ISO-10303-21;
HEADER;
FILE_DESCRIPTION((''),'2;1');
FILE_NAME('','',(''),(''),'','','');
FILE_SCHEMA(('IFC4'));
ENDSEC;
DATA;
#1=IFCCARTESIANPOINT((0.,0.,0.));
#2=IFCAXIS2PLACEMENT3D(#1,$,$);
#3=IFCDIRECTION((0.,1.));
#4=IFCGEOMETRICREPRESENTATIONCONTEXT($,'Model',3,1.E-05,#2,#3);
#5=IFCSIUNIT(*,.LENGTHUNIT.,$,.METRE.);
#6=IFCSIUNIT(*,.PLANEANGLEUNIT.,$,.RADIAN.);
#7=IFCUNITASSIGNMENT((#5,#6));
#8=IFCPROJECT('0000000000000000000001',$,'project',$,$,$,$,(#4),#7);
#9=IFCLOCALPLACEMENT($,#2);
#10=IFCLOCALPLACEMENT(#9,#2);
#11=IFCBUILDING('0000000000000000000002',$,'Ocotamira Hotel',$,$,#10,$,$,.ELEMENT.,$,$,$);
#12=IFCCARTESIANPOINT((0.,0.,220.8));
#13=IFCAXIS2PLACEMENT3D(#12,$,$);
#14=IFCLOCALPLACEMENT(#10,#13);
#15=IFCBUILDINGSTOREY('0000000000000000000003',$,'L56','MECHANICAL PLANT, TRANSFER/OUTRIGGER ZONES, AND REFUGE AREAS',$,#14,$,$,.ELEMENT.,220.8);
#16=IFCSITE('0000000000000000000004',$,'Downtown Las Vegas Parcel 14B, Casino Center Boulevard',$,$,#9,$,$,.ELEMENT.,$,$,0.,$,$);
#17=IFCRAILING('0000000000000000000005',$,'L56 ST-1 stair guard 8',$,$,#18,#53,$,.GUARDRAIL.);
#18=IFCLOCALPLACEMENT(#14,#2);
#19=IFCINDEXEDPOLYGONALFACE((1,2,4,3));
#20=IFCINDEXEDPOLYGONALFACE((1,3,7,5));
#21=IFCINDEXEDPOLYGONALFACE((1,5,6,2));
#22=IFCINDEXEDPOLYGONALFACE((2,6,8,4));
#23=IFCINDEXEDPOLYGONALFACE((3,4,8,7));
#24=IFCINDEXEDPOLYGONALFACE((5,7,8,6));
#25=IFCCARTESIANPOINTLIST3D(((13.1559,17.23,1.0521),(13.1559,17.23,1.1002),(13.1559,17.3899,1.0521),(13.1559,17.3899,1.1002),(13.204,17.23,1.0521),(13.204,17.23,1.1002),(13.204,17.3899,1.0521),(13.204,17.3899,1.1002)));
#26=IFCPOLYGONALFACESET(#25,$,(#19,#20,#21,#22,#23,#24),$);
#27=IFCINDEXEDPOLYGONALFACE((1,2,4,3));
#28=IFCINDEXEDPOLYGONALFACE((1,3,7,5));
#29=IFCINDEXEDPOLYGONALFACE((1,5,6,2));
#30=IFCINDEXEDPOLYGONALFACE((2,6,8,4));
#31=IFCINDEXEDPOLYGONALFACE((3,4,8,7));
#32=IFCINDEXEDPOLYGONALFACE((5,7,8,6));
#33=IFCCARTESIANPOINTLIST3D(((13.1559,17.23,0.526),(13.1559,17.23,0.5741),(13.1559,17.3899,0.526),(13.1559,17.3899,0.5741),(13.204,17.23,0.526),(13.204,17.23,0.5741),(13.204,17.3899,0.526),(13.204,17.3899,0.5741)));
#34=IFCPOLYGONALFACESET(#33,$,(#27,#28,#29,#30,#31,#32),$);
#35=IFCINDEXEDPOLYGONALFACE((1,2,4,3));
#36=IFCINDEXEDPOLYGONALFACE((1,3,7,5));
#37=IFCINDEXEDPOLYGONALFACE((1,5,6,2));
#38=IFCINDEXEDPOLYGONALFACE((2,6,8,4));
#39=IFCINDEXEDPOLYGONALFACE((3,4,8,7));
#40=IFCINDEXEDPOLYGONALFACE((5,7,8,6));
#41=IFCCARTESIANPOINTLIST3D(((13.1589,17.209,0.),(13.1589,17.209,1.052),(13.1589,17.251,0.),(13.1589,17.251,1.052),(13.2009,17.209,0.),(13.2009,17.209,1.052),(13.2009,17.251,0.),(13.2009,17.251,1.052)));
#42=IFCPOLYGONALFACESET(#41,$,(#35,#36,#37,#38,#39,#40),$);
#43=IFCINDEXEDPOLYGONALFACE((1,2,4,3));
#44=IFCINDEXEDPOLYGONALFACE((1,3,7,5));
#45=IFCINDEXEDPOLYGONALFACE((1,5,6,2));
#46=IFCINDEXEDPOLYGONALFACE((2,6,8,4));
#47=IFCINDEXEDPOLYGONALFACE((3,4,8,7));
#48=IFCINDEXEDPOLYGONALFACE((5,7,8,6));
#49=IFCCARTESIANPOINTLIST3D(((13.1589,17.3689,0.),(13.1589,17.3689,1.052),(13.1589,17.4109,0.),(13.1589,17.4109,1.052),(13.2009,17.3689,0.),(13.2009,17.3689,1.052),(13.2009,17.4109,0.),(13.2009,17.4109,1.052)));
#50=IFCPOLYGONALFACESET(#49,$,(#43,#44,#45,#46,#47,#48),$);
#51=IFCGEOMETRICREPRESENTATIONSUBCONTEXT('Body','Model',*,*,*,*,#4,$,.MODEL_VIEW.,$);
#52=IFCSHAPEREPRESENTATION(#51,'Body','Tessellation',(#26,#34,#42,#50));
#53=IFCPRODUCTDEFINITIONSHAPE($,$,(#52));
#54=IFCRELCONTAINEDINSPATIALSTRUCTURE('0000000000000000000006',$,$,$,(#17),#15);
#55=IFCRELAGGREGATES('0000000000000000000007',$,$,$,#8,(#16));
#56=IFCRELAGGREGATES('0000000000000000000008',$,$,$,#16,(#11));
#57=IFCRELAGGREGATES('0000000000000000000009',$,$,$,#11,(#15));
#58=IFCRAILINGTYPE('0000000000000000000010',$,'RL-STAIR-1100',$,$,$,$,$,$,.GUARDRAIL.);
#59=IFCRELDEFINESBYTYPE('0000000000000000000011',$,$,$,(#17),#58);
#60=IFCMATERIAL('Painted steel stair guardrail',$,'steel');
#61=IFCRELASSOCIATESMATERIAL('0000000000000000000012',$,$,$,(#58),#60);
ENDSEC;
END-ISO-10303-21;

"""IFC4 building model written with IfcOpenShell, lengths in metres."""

from ifc_helpers import new_model, si_unit, direction, frame, origin, origin_2d, place, context, subcontext, project, spatial, rectangle, extrude, material, type_object, element, save


model = new_model("IFC4")

# Units and contexts
model_context = context("Model", 3, precision=1e-05, world=origin(), true_north=direction((0.0, 1.0)))
body_context = subcontext(model_context, "Body", "Model", "MODEL_VIEW")
ifc_project = project(units=[si_unit("LENGTHUNIT", "METRE"), si_unit("PLANEANGLEUNIT", "RADIAN")], contexts=[model_context])

# Site, building, storey
site_placement = place(None, origin())
site = spatial("IfcSite", under=ifc_project, at=site_placement, Name="Downtown Las Vegas Parcel 14B, Casino Center Boulevard", CompositionType="ELEMENT", RefElevation=0.0)
building_placement = place(site_placement, origin())
building = spatial("IfcBuilding", under=site, at=building_placement, Name="Ocotamira Hotel", CompositionType="ELEMENT")
storey_placement = place(building_placement, frame((0.0, 0.0, 220.8)))
storey = spatial("IfcBuildingStorey", under=building, at=storey_placement, Name="L56", Description="MECHANICAL PLANT, TRANSFER/OUTRIGGER ZONES, AND REFUGE AREAS", CompositionType="ELEMENT", Elevation=220.8)

# Railing
ifc_material_1 = material(Name="Painted steel stair guardrail", Category="steel")
railing_type_1 = type_object("IfcRailingType", Name="RL-STAIR-1100", PredefinedType="GUARDRAIL", material=ifc_material_1)
railing_1_placement = place(storey_placement, frame((13.1799, 17.23, 0.0)))
element("IfcRailing", 1, at=railing_1_placement, inside=storey, type_object=railing_type_1, Name="L56 ST-1 stair guard 8", PredefinedType="GUARDRAIL", context=body_context, shape_type="SweptSolid", body=[
    extrude(rectangle(XDim=0.0481, YDim=0.0481, at=origin_2d()), frame((0.0, 0.0, 1.0762), z_axis=(0.0, 1.0, 0.0), x_axis=(-1.0, 0.0, 0.0)), (0.0, 0.0, 1.0), 0.1599),
    extrude(rectangle(XDim=0.0481, YDim=0.0481, at=origin_2d()), frame((0.0, 0.0, 0.55), z_axis=(0.0, 1.0, 0.0), x_axis=(-1.0, 0.0, 0.0)), (0.0, 0.0, 1.0), 0.1599),
    extrude(rectangle(XDim=0.042, YDim=0.042, at=origin_2d()), origin(), (0.0, 0.0, 1.0), 1.052),
    extrude(rectangle(XDim=0.042, YDim=0.042, at=origin_2d()), frame((0.0, 0.1599, 0.0)), (0.0, 0.0, 1.0), 1.052),
])

save(model, "model.ifc")
